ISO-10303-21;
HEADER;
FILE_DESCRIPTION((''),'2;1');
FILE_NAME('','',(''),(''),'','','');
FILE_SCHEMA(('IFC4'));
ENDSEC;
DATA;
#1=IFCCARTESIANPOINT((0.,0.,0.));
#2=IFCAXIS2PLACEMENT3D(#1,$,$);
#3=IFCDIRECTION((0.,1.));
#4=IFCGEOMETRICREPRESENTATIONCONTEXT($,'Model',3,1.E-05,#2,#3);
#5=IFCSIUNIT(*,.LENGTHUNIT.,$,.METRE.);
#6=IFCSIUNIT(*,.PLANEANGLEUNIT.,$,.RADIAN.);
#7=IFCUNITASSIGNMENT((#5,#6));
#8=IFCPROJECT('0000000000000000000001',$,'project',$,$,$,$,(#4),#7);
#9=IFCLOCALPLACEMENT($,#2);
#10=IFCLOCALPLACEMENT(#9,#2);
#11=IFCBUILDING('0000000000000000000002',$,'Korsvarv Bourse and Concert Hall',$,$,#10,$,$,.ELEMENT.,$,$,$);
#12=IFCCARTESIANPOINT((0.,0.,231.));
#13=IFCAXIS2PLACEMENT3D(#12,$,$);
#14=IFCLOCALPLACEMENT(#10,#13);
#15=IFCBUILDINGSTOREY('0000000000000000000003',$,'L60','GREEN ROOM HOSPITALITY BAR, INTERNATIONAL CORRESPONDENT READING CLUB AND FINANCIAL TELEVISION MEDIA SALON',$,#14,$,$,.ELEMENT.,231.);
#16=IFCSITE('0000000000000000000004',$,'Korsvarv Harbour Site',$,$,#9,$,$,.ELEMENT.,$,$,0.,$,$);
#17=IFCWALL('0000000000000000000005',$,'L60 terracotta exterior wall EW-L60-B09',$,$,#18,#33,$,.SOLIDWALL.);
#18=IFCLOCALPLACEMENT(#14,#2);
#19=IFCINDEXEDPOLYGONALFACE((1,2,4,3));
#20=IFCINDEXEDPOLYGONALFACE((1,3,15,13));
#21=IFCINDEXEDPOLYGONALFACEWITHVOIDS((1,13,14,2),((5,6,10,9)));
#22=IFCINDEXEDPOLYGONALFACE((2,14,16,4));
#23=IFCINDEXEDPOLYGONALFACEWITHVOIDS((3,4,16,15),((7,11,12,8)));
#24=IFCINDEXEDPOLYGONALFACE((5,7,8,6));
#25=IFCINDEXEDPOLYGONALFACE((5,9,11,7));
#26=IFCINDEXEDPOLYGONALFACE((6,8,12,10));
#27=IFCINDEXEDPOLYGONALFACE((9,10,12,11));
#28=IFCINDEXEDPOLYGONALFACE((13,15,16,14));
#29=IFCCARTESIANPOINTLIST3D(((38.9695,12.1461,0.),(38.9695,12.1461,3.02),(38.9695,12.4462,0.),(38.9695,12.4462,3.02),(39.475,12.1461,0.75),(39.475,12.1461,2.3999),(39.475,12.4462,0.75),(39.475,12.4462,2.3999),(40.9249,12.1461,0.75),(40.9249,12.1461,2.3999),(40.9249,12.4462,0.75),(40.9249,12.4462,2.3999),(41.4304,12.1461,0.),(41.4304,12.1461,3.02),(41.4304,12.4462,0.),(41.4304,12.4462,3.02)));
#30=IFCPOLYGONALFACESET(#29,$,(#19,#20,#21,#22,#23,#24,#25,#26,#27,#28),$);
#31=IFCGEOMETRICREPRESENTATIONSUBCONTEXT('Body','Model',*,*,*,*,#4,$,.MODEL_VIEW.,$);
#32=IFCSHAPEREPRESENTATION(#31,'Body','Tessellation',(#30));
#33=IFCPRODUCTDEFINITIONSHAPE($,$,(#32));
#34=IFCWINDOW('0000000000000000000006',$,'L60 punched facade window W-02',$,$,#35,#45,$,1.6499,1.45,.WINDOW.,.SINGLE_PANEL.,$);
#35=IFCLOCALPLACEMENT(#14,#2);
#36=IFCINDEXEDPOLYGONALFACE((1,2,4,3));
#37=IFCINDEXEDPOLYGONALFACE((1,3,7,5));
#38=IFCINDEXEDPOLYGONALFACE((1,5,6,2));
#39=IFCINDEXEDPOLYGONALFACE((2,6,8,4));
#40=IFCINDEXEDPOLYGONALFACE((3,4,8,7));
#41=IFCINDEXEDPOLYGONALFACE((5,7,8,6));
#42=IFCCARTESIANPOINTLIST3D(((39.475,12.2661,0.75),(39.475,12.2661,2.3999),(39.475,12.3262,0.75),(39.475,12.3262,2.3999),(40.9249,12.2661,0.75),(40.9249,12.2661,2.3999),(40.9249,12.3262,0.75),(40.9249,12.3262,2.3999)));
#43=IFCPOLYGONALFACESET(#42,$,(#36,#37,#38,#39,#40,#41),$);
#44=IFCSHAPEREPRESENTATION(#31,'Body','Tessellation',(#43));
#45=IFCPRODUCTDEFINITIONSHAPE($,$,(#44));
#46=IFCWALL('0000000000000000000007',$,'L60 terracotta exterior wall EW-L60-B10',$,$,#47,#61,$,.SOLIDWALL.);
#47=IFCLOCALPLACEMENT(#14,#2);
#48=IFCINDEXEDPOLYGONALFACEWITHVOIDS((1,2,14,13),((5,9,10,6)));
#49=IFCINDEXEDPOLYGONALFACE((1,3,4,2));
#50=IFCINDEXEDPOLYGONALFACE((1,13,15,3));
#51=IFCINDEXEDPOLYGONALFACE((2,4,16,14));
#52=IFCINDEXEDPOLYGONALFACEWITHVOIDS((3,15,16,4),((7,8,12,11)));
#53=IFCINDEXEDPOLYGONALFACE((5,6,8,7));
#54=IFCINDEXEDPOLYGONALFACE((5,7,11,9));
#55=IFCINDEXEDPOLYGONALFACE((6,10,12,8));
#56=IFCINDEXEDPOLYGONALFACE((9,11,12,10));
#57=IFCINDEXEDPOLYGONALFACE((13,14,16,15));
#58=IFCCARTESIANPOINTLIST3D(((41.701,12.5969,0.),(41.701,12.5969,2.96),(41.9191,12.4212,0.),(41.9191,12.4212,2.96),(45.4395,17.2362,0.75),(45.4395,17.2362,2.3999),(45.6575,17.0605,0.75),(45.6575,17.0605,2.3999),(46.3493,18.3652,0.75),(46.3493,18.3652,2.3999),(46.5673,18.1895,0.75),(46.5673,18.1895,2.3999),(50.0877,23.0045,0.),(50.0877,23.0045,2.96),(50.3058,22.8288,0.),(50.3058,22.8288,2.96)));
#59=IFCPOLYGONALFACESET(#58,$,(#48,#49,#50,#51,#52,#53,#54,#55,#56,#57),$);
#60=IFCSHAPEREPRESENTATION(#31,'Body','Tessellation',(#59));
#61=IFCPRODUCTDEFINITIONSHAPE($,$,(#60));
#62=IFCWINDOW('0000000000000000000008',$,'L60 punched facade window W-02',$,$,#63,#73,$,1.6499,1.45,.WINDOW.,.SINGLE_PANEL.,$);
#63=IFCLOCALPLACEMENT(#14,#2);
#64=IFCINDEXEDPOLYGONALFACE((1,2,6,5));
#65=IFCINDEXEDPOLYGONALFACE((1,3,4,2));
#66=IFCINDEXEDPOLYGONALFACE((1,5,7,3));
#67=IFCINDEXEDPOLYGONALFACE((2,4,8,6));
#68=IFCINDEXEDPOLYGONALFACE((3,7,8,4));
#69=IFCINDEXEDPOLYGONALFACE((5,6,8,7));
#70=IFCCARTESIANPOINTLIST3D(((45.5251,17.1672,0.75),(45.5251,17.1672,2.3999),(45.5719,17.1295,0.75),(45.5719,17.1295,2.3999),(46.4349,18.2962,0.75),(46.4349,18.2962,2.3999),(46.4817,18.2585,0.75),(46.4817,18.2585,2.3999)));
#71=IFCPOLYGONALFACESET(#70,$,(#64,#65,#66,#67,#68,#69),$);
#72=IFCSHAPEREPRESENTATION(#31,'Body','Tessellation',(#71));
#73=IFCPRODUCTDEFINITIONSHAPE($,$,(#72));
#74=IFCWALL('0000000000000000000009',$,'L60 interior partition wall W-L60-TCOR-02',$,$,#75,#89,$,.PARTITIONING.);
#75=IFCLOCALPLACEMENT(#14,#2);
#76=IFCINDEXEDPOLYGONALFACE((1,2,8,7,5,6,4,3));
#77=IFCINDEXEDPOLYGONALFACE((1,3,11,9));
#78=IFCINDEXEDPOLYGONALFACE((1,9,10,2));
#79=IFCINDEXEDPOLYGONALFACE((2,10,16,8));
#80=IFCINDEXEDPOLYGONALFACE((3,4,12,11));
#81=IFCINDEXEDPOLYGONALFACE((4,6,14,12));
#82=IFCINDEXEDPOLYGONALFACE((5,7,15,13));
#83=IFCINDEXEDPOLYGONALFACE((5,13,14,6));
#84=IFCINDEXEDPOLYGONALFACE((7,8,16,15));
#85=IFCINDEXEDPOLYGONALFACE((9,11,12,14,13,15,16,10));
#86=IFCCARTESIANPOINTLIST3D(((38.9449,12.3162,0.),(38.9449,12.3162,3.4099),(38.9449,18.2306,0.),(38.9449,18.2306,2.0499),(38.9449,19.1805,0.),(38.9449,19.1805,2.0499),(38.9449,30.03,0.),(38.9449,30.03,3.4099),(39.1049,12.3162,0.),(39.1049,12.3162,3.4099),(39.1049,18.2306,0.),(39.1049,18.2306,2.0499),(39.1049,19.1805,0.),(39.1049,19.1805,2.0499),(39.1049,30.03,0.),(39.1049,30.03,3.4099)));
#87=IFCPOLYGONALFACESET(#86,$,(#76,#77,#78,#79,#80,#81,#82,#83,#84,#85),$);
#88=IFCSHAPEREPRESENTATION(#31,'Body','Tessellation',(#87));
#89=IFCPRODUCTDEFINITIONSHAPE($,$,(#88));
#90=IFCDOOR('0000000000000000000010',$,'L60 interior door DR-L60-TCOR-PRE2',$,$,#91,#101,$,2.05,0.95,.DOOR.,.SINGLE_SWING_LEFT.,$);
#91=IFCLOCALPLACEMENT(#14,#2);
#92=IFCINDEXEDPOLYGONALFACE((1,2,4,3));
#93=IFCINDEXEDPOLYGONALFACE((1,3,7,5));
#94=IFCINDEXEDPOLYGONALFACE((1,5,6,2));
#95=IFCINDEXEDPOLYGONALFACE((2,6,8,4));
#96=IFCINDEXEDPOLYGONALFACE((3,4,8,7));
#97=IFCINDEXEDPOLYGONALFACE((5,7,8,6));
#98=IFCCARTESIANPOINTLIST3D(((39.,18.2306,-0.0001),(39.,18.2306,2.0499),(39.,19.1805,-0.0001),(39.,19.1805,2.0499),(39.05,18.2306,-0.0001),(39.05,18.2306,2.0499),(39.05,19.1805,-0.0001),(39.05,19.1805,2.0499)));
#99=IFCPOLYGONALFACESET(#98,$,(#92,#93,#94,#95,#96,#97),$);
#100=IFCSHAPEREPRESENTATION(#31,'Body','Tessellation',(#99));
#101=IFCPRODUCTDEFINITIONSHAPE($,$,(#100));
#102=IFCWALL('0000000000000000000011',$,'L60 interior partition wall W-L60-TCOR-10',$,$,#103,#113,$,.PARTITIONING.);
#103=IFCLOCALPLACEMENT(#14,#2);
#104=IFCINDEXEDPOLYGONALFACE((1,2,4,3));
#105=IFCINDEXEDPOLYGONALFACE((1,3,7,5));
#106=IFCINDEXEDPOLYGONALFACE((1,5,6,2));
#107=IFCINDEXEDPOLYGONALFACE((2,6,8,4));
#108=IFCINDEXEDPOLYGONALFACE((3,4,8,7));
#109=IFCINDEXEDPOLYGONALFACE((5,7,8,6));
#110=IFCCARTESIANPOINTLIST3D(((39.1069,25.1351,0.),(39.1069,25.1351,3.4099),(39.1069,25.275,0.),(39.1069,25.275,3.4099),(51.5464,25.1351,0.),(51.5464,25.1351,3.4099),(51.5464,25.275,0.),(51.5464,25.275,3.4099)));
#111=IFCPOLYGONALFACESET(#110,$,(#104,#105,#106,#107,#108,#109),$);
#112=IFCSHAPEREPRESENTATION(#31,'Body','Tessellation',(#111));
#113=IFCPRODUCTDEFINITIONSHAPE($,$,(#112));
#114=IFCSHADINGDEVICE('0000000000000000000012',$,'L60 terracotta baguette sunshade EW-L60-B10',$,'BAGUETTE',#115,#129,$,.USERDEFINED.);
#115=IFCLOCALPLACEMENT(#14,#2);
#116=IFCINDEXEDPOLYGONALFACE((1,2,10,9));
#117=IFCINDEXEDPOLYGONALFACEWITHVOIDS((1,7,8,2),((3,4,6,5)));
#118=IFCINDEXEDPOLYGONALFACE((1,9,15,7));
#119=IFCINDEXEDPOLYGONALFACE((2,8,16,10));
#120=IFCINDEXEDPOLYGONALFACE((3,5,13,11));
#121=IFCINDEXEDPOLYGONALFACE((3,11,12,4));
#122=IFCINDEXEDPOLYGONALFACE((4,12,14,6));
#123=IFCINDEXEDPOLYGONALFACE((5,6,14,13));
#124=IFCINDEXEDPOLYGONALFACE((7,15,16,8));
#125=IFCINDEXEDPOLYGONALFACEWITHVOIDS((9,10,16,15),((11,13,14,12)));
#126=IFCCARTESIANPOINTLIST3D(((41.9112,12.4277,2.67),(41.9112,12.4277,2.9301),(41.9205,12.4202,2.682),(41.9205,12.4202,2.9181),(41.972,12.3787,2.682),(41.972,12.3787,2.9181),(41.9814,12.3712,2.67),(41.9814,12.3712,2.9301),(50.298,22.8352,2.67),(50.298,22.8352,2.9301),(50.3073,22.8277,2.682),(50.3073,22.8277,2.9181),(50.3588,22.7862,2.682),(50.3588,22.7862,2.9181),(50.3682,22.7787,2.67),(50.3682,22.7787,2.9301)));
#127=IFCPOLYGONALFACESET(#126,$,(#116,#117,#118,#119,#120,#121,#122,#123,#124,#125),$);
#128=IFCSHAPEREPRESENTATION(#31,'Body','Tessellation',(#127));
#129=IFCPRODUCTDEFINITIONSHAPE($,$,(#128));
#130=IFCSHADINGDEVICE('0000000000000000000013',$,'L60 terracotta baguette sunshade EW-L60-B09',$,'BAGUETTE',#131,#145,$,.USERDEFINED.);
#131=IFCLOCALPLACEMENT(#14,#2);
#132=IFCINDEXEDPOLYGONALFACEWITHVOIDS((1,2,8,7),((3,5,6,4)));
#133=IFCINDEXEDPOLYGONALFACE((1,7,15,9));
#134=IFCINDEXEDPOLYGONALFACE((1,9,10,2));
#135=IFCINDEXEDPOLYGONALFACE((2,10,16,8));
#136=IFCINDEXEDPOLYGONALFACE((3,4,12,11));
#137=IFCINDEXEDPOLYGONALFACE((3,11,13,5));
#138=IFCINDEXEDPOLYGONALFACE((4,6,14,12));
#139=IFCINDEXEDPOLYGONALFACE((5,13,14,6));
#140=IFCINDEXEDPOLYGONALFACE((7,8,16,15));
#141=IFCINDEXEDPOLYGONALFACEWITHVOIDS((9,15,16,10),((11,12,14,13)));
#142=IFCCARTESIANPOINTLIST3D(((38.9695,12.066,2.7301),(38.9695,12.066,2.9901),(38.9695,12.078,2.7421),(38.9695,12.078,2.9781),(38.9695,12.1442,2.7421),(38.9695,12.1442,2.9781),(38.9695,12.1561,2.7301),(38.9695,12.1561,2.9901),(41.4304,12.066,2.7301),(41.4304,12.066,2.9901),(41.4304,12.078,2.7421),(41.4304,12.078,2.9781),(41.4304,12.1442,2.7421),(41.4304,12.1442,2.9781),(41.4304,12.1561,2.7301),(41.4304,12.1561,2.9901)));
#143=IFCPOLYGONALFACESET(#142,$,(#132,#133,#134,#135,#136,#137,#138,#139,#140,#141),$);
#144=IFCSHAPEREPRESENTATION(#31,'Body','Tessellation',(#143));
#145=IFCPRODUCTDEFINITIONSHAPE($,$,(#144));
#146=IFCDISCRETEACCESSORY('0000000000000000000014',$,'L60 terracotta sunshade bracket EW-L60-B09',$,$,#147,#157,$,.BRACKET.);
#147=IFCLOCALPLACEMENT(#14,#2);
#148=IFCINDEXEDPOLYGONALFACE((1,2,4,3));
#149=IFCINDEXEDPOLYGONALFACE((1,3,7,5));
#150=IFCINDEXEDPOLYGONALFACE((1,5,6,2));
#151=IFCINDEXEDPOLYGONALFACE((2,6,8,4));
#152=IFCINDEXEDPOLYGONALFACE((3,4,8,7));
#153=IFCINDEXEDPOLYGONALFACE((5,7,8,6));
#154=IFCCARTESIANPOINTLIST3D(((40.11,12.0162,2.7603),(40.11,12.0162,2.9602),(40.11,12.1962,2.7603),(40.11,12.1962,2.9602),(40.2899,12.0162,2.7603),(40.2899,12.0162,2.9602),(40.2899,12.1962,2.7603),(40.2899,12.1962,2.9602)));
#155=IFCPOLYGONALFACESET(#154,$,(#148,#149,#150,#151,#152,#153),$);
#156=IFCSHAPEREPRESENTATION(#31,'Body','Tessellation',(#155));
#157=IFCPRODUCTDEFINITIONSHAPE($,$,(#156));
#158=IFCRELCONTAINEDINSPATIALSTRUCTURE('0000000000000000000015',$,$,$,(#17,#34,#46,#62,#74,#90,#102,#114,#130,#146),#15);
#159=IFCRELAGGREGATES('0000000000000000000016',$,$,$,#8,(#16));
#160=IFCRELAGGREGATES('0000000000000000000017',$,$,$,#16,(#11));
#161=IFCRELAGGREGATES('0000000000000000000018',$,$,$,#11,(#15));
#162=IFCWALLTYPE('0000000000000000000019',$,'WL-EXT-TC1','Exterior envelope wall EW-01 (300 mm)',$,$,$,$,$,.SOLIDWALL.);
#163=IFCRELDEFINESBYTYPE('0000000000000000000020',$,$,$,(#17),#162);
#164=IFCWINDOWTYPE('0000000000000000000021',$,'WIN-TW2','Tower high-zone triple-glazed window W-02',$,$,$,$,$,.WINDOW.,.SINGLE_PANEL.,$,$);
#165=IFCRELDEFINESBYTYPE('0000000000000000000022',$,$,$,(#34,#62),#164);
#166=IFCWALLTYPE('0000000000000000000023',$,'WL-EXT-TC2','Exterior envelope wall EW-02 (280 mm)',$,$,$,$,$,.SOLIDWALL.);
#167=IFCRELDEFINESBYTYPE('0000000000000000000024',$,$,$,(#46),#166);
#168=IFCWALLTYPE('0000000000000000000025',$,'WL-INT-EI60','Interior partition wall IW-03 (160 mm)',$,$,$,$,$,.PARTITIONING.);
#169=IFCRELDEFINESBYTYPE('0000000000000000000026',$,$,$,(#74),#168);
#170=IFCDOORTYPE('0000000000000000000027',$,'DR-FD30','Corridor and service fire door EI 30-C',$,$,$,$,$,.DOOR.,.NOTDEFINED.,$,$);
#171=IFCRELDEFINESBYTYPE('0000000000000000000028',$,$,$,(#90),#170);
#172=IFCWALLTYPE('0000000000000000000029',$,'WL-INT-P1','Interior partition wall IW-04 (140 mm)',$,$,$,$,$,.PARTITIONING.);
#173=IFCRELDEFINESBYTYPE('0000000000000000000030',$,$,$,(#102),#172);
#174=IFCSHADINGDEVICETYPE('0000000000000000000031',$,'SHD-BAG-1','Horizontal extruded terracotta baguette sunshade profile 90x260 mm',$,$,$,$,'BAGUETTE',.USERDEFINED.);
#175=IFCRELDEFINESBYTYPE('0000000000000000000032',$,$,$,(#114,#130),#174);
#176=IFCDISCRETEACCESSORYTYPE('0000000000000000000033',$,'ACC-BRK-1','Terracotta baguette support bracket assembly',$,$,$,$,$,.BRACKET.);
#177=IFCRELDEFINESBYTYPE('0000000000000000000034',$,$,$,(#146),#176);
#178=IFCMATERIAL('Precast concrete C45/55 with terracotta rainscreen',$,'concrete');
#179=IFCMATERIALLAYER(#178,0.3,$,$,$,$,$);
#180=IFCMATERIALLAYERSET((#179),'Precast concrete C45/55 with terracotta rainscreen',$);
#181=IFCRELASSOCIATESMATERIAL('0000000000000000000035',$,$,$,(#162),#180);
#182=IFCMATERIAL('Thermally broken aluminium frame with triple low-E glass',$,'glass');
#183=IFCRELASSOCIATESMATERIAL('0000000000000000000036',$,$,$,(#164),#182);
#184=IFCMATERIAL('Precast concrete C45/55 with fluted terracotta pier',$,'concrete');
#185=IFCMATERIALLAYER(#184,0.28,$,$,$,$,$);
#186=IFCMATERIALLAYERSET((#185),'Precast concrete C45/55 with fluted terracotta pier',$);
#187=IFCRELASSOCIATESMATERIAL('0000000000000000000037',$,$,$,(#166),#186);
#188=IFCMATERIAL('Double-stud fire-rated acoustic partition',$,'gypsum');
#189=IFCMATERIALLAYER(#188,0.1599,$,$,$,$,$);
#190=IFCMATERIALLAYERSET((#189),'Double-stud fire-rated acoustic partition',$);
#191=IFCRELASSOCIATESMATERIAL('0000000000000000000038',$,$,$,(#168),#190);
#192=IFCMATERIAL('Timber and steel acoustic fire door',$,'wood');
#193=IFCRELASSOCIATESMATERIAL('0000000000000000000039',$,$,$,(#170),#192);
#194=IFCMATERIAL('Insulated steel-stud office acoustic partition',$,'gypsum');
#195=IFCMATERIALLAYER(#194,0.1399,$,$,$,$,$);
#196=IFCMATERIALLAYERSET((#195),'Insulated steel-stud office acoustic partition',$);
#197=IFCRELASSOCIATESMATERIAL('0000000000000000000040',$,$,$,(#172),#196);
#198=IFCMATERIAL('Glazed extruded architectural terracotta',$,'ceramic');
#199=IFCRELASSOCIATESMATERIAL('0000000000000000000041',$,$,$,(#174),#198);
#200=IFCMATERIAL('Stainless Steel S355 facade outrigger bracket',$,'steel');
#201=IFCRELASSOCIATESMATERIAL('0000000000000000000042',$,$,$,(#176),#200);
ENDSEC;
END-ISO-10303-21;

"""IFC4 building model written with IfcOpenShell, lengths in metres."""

from ifc_helpers import new_model, si_unit, direction, frame, frame_2d, origin, origin_2d, place, context, subcontext, project, spatial, rectangle, hollow_rectangle, extrude, source, transform, mapped, material, layer, layer_set, material_profile, profile_set, type_object, element, fill, save


model = new_model("IFC4")

# Units and contexts
model_context = context("Model", 3, precision=1e-05, world=origin(), true_north=direction((0.0, 1.0)))
body_context = subcontext(model_context, "Body", "Model", "MODEL_VIEW")
ifc_project = project(units=[si_unit("LENGTHUNIT", "METRE"), si_unit("PLANEANGLEUNIT", "RADIAN")], contexts=[model_context])

# Site, building, storey
site_placement = place(None, origin())
site = spatial("IfcSite", under=ifc_project, at=site_placement, Name="Korsvarv Harbour Site", CompositionType="ELEMENT", RefElevation=0.0)
building_placement = place(site_placement, origin())
building = spatial("IfcBuilding", under=site, at=building_placement, Name="Korsvarv Bourse and Concert Hall", CompositionType="ELEMENT")
storey_placement = place(building_placement, frame((0.0, 0.0, 231.0)))
storey = spatial("IfcBuildingStorey", under=building, at=storey_placement, Name="L60", Description="GREEN ROOM HOSPITALITY BAR, INTERNATIONAL CORRESPONDENT READING CLUB AND FINANCIAL TELEVISION MEDIA SALON", CompositionType="ELEMENT", Elevation=231.0)

# Walls, openings, windows
ifc_material_1 = material(Name="Precast concrete C45/55 with terracotta rainscreen", Category="concrete")
ifc_layer_1 = layer(ifc_material_1, 0.3)
ifc_layer_set_1 = layer_set([ifc_layer_1], Name="Precast concrete C45/55 with terracotta rainscreen")
wall_type_1 = type_object("IfcWallType", Name="WL-EXT-TC1", Description="Exterior envelope wall EW-01 (300 mm)", PredefinedType="SOLIDWALL", material=ifc_layer_set_1)
wall_1_placement = place(storey_placement, frame((38.9695, 12.2961, 0.0), z_axis=(0.0, 0.0, 1.0), x_axis=(1.0, 0.0, 0.0)))
wall_1 = element("IfcWall", 1, at=wall_1_placement, inside=storey, type_object=wall_type_1, Name="L60 terracotta exterior wall EW-L60-B09", PredefinedType="SOLIDWALL", context=body_context, shape_type="SweptSolid", body=[
    extrude(rectangle(XDim=2.4609, YDim=0.3, at=frame_2d((1.2305, 0.0))), origin(), (0.0, 0.0, 1.0), 3.02),
])
opening_1_placement = place(wall_1_placement, frame((0.5054, 0.0, 0.75)))
opening_1 = element("IfcOpeningElement", 2, at=opening_1_placement, cuts=wall_1, PredefinedType="OPENING", context=body_context, shape_type="SweptSolid", body=[
    extrude(rectangle(XDim=1.45, YDim=1.6499, at=frame_2d((0.7251, 0.825))), frame((0.0, 0.1602, 0.0), z_axis=(0.0, -1.0, 0.0), x_axis=(1.0, 0.0, 0.0)), (0.0, 0.0, 1.0), 0.3201),
])
ifc_material_2 = material(Name="Thermally broken aluminium frame with triple low-E glass", Category="glass")
window_type = type_object("IfcWindowType", Name="WIN-TW2", Description="Tower high-zone triple-glazed window W-02", PartitioningType="SINGLE_PANEL", PredefinedType="WINDOW", material=ifc_material_2)
window_1_placement = place(opening_1_placement, origin())
window_1 = element("IfcWindow", 3, at=window_1_placement, inside=storey, type_object=window_type, Name="L60 punched facade window W-02", OverallHeight=1.6499, OverallWidth=1.45, PartitioningType="SINGLE_PANEL", PredefinedType="WINDOW", context=body_context, shape_type="SweptSolid", body=[
    extrude(rectangle(XDim=1.45, YDim=1.6499, at=frame_2d((0.7251, 0.825))), frame((0.0, 0.03, 0.0), z_axis=(0.0, -1.0, 0.0), x_axis=(1.0, 0.0, 0.0)), (0.0, 0.0, 1.0), 0.0601),
])
fill(opening_1, window_1)
ifc_material_3 = material(Name="Precast concrete C45/55 with fluted terracotta pier", Category="concrete")
ifc_layer_2 = layer(ifc_material_3, 0.28)
ifc_layer_set_2 = layer_set([ifc_layer_2], Name="Precast concrete C45/55 with fluted terracotta pier")
wall_type_2 = type_object("IfcWallType", Name="WL-EXT-TC2", Description="Exterior envelope wall EW-02 (280 mm)", PredefinedType="SOLIDWALL", material=ifc_layer_set_2)
wall_2_placement = place(storey_placement, frame((41.8101, 12.509, 0.0), z_axis=(0.0, 0.0, 1.0), x_axis=(0.627453, 0.778654, 0.0)))
wall_2 = element("IfcWall", 4, at=wall_2_placement, inside=storey, type_object=wall_type_2, Name="L60 terracotta exterior wall EW-L60-B10", PredefinedType="SOLIDWALL", context=body_context, shape_type="SweptSolid", body=[
    extrude(rectangle(XDim=13.3662, YDim=0.28, at=frame_2d((6.6831, 0.0))), origin(), (0.0, 0.0, 1.0), 2.96),
])
opening_2_placement = place(wall_2_placement, frame((5.958, 0.0, 0.75)))
opening_2 = element("IfcOpeningElement", 5, at=opening_2_placement, cuts=wall_2, PredefinedType="OPENING", context=body_context, shape_type="SweptSolid", body=[
    extrude(rectangle(XDim=1.45, YDim=1.6499, at=frame_2d((0.7251, 0.825))), frame((0.0, 0.1499, 0.0), z_axis=(0.0, -1.0, 0.0), x_axis=(1.0, 0.0, 0.0)), (0.0, 0.0, 1.0), 0.3),
])
window_2_placement = place(opening_2_placement, origin())
window_2 = element("IfcWindow", 6, at=window_2_placement, inside=storey, type_object=window_type, Name="L60 punched facade window W-02", OverallHeight=1.6499, OverallWidth=1.45, PartitioningType="SINGLE_PANEL", PredefinedType="WINDOW", context=body_context, shape_type="SweptSolid", body=[
    extrude(rectangle(XDim=1.45, YDim=1.6499, at=frame_2d((0.7251, 0.825))), frame((0.0, 0.03, 0.0), z_axis=(0.0, -1.0, 0.0), x_axis=(1.0, 0.0, 0.0)), (0.0, 0.0, 1.0), 0.0601),
])
fill(opening_2, window_2)

# Wall, opening, door
ifc_material_4 = material(Name="Double-stud fire-rated acoustic partition", Category="gypsum")
ifc_layer_3 = layer(ifc_material_4, 0.1599)
ifc_layer_set_3 = layer_set([ifc_layer_3], Name="Double-stud fire-rated acoustic partition")
wall_type_3 = type_object("IfcWallType", Name="WL-INT-EI60", Description="Interior partition wall IW-03 (160 mm)", PredefinedType="PARTITIONING", material=ifc_layer_set_3)
wall_3_placement = place(storey_placement, frame((39.0249, 12.3162, 0.0), z_axis=(0.0, 0.0, 1.0), x_axis=(0.0, 1.0, 0.0)))
wall_3 = element("IfcWall", 7, at=wall_3_placement, inside=storey, type_object=wall_type_3, Name="L60 interior partition wall W-L60-TCOR-02", PredefinedType="PARTITIONING", context=body_context, shape_type="SweptSolid", body=[
    extrude(rectangle(XDim=17.7139, YDim=0.1599, at=frame_2d((8.8569, 0.0))), origin(), (0.0, 0.0, 1.0), 3.4099),
])
opening_3_placement = place(wall_3_placement, frame((5.9143, 0.0, 0.0)))
opening_3 = element("IfcOpeningElement", 8, at=opening_3_placement, cuts=wall_3, PredefinedType="OPENING", context=body_context, shape_type="SweptSolid", body=[
    extrude(rectangle(XDim=0.95, YDim=2.05, at=frame_2d((0.4751, 1.0249))), frame((0.0, 0.0898, 0.0), z_axis=(0.0, -1.0, 0.0), x_axis=(1.0, 0.0, 0.0)), (0.0, 0.0, 1.0), 0.1799),
])
ifc_material_5 = material(Name="Timber and steel acoustic fire door", Category="wood")
door_type = type_object("IfcDoorType", Name="DR-FD30", Description="Corridor and service fire door EI 30-C", OperationType="NOTDEFINED", PredefinedType="DOOR", material=ifc_material_5)
door_placement = place(opening_3_placement, origin())
door = element("IfcDoor", 9, at=door_placement, inside=storey, type_object=door_type, Name="L60 interior door DR-L60-TCOR-PRE2", OperationType="SINGLE_SWING_LEFT", OverallHeight=2.05, OverallWidth=0.95, PredefinedType="DOOR", context=body_context, shape_type="SweptSolid", body=[
    extrude(rectangle(XDim=0.95, YDim=2.05, at=frame_2d((0.4751, 1.0249))), frame((0.0, 0.0249, 0.0), z_axis=(0.0, -1.0, 0.0), x_axis=(1.0, 0.0, 0.0)), (0.0, 0.0, 1.0), 0.05),
])
fill(opening_3, door)

# Wall
ifc_material_6 = material(Name="Insulated steel-stud office acoustic partition", Category="gypsum")
ifc_layer_4 = layer(ifc_material_6, 0.1399)
ifc_layer_set_4 = layer_set([ifc_layer_4], Name="Insulated steel-stud office acoustic partition")
wall_type_4 = type_object("IfcWallType", Name="WL-INT-P1", Description="Interior partition wall IW-04 (140 mm)", PredefinedType="PARTITIONING", material=ifc_layer_set_4)
wall_4_placement = place(storey_placement, frame((39.1069, 25.2051, 0.0), z_axis=(0.0, 0.0, 1.0), x_axis=(1.0, 0.0, 0.0)))
element("IfcWall", 10, at=wall_4_placement, inside=storey, type_object=wall_type_4, Name="L60 interior partition wall W-L60-TCOR-10", PredefinedType="PARTITIONING", context=body_context, shape_type="SweptSolid", body=[
    extrude(rectangle(XDim=12.4395, YDim=0.1399, at=frame_2d((6.2197, 0.0))), origin(), (0.0, 0.0, 1.0), 3.4099),
])

# Shading devices
ifc_material_7 = material(Name="Glazed extruded architectural terracotta", Category="ceramic")
ifc_material_profile_1 = material_profile(ifc_material_7, hollow_rectangle(XDim=0.0901, YDim=0.26, WallThickness=0.012, at=origin_2d()), Name="TC-BAG 90x260")
ifc_profile_set_1 = profile_set([ifc_material_profile_1], Name="Glazed extruded architectural terracotta")
shading_device_type = type_object("IfcShadingDeviceType", Name="SHD-BAG-1", Description="Horizontal extruded terracotta baguette sunshade profile 90x260 mm", ElementType="BAGUETTE", PredefinedType="USERDEFINED", material=ifc_profile_set_1)
shared_shape_1 = source(origin(), body_context, "Body", "SweptSolid", [
    extrude(hollow_rectangle(XDim=0.0901, YDim=0.26, WallThickness=0.012, at=origin_2d()), origin(), (0.0, 0.0, 1.0), 13.3662),
])
shading_device_1_placement = place(storey_placement, frame((41.9463, 12.3994, 2.8), z_axis=(0.627462, 0.778647, 0.0), x_axis=(-0.778647, 0.627462, 0.0)))
element("IfcShadingDevice", 11, at=shading_device_1_placement, inside=storey, type_object=shading_device_type, Name="L60 terracotta baguette sunshade EW-L60-B10", ObjectType="BAGUETTE", PredefinedType="USERDEFINED", context=body_context, shape_type="MappedRepresentation", body=[
    mapped(shared_shape_1, transform((0.0, 0.0, 0.0), scale=1.0)),
])
shared_shape_2 = source(origin(), body_context, "Body", "SweptSolid", [
    extrude(hollow_rectangle(XDim=0.0901, YDim=0.26, WallThickness=0.012, at=origin_2d()), origin(), (0.0, 0.0, 1.0), 2.4609),
])
shading_device_2_placement = place(storey_placement, frame((38.9695, 12.1111, 2.8601), z_axis=(1.0, 0.0, 0.0), x_axis=(0.0, 1.0, 0.0)))
element("IfcShadingDevice", 12, at=shading_device_2_placement, inside=storey, type_object=shading_device_type, Name="L60 terracotta baguette sunshade EW-L60-B09", ObjectType="BAGUETTE", PredefinedType="USERDEFINED", context=body_context, shape_type="MappedRepresentation", body=[
    mapped(shared_shape_2, transform((0.0, 0.0, 0.0), scale=1.0)),
])

# Discrete accessory
ifc_material_8 = material(Name="Stainless Steel S355 facade outrigger bracket", Category="steel")
discrete_accessory_type = type_object("IfcDiscreteAccessoryType", Name="ACC-BRK-1", Description="Terracotta baguette support bracket assembly", PredefinedType="BRACKET", material=ifc_material_8)
shared_shape_3 = source(origin(), body_context, "Body", "SweptSolid", [
    extrude(rectangle(XDim=0.1799, YDim=0.1799, at=origin_2d()), origin(), (0.0, 0.0, 1.0), 0.2),
])
for number, where, z_axis, x_axis, name in (
    (13, (40.2, 12.1062, 2.7603), (0.0, 0.0, 1.0), (1.0, 0.0, 0.0), "L60 terracotta sunshade bracket EW-L60-B09"),
):
    element("IfcDiscreteAccessory", number, at=place(storey_placement, frame(where, z_axis=z_axis, x_axis=x_axis)), inside=storey, type_object=discrete_accessory_type, Name=name, PredefinedType="BRACKET", context=body_context, shape_type="MappedRepresentation", body=[
        mapped(shared_shape_3, transform((0.0, 0.0, 0.0), scale=1.0)),
    ])

save(model, "model.ifc")
